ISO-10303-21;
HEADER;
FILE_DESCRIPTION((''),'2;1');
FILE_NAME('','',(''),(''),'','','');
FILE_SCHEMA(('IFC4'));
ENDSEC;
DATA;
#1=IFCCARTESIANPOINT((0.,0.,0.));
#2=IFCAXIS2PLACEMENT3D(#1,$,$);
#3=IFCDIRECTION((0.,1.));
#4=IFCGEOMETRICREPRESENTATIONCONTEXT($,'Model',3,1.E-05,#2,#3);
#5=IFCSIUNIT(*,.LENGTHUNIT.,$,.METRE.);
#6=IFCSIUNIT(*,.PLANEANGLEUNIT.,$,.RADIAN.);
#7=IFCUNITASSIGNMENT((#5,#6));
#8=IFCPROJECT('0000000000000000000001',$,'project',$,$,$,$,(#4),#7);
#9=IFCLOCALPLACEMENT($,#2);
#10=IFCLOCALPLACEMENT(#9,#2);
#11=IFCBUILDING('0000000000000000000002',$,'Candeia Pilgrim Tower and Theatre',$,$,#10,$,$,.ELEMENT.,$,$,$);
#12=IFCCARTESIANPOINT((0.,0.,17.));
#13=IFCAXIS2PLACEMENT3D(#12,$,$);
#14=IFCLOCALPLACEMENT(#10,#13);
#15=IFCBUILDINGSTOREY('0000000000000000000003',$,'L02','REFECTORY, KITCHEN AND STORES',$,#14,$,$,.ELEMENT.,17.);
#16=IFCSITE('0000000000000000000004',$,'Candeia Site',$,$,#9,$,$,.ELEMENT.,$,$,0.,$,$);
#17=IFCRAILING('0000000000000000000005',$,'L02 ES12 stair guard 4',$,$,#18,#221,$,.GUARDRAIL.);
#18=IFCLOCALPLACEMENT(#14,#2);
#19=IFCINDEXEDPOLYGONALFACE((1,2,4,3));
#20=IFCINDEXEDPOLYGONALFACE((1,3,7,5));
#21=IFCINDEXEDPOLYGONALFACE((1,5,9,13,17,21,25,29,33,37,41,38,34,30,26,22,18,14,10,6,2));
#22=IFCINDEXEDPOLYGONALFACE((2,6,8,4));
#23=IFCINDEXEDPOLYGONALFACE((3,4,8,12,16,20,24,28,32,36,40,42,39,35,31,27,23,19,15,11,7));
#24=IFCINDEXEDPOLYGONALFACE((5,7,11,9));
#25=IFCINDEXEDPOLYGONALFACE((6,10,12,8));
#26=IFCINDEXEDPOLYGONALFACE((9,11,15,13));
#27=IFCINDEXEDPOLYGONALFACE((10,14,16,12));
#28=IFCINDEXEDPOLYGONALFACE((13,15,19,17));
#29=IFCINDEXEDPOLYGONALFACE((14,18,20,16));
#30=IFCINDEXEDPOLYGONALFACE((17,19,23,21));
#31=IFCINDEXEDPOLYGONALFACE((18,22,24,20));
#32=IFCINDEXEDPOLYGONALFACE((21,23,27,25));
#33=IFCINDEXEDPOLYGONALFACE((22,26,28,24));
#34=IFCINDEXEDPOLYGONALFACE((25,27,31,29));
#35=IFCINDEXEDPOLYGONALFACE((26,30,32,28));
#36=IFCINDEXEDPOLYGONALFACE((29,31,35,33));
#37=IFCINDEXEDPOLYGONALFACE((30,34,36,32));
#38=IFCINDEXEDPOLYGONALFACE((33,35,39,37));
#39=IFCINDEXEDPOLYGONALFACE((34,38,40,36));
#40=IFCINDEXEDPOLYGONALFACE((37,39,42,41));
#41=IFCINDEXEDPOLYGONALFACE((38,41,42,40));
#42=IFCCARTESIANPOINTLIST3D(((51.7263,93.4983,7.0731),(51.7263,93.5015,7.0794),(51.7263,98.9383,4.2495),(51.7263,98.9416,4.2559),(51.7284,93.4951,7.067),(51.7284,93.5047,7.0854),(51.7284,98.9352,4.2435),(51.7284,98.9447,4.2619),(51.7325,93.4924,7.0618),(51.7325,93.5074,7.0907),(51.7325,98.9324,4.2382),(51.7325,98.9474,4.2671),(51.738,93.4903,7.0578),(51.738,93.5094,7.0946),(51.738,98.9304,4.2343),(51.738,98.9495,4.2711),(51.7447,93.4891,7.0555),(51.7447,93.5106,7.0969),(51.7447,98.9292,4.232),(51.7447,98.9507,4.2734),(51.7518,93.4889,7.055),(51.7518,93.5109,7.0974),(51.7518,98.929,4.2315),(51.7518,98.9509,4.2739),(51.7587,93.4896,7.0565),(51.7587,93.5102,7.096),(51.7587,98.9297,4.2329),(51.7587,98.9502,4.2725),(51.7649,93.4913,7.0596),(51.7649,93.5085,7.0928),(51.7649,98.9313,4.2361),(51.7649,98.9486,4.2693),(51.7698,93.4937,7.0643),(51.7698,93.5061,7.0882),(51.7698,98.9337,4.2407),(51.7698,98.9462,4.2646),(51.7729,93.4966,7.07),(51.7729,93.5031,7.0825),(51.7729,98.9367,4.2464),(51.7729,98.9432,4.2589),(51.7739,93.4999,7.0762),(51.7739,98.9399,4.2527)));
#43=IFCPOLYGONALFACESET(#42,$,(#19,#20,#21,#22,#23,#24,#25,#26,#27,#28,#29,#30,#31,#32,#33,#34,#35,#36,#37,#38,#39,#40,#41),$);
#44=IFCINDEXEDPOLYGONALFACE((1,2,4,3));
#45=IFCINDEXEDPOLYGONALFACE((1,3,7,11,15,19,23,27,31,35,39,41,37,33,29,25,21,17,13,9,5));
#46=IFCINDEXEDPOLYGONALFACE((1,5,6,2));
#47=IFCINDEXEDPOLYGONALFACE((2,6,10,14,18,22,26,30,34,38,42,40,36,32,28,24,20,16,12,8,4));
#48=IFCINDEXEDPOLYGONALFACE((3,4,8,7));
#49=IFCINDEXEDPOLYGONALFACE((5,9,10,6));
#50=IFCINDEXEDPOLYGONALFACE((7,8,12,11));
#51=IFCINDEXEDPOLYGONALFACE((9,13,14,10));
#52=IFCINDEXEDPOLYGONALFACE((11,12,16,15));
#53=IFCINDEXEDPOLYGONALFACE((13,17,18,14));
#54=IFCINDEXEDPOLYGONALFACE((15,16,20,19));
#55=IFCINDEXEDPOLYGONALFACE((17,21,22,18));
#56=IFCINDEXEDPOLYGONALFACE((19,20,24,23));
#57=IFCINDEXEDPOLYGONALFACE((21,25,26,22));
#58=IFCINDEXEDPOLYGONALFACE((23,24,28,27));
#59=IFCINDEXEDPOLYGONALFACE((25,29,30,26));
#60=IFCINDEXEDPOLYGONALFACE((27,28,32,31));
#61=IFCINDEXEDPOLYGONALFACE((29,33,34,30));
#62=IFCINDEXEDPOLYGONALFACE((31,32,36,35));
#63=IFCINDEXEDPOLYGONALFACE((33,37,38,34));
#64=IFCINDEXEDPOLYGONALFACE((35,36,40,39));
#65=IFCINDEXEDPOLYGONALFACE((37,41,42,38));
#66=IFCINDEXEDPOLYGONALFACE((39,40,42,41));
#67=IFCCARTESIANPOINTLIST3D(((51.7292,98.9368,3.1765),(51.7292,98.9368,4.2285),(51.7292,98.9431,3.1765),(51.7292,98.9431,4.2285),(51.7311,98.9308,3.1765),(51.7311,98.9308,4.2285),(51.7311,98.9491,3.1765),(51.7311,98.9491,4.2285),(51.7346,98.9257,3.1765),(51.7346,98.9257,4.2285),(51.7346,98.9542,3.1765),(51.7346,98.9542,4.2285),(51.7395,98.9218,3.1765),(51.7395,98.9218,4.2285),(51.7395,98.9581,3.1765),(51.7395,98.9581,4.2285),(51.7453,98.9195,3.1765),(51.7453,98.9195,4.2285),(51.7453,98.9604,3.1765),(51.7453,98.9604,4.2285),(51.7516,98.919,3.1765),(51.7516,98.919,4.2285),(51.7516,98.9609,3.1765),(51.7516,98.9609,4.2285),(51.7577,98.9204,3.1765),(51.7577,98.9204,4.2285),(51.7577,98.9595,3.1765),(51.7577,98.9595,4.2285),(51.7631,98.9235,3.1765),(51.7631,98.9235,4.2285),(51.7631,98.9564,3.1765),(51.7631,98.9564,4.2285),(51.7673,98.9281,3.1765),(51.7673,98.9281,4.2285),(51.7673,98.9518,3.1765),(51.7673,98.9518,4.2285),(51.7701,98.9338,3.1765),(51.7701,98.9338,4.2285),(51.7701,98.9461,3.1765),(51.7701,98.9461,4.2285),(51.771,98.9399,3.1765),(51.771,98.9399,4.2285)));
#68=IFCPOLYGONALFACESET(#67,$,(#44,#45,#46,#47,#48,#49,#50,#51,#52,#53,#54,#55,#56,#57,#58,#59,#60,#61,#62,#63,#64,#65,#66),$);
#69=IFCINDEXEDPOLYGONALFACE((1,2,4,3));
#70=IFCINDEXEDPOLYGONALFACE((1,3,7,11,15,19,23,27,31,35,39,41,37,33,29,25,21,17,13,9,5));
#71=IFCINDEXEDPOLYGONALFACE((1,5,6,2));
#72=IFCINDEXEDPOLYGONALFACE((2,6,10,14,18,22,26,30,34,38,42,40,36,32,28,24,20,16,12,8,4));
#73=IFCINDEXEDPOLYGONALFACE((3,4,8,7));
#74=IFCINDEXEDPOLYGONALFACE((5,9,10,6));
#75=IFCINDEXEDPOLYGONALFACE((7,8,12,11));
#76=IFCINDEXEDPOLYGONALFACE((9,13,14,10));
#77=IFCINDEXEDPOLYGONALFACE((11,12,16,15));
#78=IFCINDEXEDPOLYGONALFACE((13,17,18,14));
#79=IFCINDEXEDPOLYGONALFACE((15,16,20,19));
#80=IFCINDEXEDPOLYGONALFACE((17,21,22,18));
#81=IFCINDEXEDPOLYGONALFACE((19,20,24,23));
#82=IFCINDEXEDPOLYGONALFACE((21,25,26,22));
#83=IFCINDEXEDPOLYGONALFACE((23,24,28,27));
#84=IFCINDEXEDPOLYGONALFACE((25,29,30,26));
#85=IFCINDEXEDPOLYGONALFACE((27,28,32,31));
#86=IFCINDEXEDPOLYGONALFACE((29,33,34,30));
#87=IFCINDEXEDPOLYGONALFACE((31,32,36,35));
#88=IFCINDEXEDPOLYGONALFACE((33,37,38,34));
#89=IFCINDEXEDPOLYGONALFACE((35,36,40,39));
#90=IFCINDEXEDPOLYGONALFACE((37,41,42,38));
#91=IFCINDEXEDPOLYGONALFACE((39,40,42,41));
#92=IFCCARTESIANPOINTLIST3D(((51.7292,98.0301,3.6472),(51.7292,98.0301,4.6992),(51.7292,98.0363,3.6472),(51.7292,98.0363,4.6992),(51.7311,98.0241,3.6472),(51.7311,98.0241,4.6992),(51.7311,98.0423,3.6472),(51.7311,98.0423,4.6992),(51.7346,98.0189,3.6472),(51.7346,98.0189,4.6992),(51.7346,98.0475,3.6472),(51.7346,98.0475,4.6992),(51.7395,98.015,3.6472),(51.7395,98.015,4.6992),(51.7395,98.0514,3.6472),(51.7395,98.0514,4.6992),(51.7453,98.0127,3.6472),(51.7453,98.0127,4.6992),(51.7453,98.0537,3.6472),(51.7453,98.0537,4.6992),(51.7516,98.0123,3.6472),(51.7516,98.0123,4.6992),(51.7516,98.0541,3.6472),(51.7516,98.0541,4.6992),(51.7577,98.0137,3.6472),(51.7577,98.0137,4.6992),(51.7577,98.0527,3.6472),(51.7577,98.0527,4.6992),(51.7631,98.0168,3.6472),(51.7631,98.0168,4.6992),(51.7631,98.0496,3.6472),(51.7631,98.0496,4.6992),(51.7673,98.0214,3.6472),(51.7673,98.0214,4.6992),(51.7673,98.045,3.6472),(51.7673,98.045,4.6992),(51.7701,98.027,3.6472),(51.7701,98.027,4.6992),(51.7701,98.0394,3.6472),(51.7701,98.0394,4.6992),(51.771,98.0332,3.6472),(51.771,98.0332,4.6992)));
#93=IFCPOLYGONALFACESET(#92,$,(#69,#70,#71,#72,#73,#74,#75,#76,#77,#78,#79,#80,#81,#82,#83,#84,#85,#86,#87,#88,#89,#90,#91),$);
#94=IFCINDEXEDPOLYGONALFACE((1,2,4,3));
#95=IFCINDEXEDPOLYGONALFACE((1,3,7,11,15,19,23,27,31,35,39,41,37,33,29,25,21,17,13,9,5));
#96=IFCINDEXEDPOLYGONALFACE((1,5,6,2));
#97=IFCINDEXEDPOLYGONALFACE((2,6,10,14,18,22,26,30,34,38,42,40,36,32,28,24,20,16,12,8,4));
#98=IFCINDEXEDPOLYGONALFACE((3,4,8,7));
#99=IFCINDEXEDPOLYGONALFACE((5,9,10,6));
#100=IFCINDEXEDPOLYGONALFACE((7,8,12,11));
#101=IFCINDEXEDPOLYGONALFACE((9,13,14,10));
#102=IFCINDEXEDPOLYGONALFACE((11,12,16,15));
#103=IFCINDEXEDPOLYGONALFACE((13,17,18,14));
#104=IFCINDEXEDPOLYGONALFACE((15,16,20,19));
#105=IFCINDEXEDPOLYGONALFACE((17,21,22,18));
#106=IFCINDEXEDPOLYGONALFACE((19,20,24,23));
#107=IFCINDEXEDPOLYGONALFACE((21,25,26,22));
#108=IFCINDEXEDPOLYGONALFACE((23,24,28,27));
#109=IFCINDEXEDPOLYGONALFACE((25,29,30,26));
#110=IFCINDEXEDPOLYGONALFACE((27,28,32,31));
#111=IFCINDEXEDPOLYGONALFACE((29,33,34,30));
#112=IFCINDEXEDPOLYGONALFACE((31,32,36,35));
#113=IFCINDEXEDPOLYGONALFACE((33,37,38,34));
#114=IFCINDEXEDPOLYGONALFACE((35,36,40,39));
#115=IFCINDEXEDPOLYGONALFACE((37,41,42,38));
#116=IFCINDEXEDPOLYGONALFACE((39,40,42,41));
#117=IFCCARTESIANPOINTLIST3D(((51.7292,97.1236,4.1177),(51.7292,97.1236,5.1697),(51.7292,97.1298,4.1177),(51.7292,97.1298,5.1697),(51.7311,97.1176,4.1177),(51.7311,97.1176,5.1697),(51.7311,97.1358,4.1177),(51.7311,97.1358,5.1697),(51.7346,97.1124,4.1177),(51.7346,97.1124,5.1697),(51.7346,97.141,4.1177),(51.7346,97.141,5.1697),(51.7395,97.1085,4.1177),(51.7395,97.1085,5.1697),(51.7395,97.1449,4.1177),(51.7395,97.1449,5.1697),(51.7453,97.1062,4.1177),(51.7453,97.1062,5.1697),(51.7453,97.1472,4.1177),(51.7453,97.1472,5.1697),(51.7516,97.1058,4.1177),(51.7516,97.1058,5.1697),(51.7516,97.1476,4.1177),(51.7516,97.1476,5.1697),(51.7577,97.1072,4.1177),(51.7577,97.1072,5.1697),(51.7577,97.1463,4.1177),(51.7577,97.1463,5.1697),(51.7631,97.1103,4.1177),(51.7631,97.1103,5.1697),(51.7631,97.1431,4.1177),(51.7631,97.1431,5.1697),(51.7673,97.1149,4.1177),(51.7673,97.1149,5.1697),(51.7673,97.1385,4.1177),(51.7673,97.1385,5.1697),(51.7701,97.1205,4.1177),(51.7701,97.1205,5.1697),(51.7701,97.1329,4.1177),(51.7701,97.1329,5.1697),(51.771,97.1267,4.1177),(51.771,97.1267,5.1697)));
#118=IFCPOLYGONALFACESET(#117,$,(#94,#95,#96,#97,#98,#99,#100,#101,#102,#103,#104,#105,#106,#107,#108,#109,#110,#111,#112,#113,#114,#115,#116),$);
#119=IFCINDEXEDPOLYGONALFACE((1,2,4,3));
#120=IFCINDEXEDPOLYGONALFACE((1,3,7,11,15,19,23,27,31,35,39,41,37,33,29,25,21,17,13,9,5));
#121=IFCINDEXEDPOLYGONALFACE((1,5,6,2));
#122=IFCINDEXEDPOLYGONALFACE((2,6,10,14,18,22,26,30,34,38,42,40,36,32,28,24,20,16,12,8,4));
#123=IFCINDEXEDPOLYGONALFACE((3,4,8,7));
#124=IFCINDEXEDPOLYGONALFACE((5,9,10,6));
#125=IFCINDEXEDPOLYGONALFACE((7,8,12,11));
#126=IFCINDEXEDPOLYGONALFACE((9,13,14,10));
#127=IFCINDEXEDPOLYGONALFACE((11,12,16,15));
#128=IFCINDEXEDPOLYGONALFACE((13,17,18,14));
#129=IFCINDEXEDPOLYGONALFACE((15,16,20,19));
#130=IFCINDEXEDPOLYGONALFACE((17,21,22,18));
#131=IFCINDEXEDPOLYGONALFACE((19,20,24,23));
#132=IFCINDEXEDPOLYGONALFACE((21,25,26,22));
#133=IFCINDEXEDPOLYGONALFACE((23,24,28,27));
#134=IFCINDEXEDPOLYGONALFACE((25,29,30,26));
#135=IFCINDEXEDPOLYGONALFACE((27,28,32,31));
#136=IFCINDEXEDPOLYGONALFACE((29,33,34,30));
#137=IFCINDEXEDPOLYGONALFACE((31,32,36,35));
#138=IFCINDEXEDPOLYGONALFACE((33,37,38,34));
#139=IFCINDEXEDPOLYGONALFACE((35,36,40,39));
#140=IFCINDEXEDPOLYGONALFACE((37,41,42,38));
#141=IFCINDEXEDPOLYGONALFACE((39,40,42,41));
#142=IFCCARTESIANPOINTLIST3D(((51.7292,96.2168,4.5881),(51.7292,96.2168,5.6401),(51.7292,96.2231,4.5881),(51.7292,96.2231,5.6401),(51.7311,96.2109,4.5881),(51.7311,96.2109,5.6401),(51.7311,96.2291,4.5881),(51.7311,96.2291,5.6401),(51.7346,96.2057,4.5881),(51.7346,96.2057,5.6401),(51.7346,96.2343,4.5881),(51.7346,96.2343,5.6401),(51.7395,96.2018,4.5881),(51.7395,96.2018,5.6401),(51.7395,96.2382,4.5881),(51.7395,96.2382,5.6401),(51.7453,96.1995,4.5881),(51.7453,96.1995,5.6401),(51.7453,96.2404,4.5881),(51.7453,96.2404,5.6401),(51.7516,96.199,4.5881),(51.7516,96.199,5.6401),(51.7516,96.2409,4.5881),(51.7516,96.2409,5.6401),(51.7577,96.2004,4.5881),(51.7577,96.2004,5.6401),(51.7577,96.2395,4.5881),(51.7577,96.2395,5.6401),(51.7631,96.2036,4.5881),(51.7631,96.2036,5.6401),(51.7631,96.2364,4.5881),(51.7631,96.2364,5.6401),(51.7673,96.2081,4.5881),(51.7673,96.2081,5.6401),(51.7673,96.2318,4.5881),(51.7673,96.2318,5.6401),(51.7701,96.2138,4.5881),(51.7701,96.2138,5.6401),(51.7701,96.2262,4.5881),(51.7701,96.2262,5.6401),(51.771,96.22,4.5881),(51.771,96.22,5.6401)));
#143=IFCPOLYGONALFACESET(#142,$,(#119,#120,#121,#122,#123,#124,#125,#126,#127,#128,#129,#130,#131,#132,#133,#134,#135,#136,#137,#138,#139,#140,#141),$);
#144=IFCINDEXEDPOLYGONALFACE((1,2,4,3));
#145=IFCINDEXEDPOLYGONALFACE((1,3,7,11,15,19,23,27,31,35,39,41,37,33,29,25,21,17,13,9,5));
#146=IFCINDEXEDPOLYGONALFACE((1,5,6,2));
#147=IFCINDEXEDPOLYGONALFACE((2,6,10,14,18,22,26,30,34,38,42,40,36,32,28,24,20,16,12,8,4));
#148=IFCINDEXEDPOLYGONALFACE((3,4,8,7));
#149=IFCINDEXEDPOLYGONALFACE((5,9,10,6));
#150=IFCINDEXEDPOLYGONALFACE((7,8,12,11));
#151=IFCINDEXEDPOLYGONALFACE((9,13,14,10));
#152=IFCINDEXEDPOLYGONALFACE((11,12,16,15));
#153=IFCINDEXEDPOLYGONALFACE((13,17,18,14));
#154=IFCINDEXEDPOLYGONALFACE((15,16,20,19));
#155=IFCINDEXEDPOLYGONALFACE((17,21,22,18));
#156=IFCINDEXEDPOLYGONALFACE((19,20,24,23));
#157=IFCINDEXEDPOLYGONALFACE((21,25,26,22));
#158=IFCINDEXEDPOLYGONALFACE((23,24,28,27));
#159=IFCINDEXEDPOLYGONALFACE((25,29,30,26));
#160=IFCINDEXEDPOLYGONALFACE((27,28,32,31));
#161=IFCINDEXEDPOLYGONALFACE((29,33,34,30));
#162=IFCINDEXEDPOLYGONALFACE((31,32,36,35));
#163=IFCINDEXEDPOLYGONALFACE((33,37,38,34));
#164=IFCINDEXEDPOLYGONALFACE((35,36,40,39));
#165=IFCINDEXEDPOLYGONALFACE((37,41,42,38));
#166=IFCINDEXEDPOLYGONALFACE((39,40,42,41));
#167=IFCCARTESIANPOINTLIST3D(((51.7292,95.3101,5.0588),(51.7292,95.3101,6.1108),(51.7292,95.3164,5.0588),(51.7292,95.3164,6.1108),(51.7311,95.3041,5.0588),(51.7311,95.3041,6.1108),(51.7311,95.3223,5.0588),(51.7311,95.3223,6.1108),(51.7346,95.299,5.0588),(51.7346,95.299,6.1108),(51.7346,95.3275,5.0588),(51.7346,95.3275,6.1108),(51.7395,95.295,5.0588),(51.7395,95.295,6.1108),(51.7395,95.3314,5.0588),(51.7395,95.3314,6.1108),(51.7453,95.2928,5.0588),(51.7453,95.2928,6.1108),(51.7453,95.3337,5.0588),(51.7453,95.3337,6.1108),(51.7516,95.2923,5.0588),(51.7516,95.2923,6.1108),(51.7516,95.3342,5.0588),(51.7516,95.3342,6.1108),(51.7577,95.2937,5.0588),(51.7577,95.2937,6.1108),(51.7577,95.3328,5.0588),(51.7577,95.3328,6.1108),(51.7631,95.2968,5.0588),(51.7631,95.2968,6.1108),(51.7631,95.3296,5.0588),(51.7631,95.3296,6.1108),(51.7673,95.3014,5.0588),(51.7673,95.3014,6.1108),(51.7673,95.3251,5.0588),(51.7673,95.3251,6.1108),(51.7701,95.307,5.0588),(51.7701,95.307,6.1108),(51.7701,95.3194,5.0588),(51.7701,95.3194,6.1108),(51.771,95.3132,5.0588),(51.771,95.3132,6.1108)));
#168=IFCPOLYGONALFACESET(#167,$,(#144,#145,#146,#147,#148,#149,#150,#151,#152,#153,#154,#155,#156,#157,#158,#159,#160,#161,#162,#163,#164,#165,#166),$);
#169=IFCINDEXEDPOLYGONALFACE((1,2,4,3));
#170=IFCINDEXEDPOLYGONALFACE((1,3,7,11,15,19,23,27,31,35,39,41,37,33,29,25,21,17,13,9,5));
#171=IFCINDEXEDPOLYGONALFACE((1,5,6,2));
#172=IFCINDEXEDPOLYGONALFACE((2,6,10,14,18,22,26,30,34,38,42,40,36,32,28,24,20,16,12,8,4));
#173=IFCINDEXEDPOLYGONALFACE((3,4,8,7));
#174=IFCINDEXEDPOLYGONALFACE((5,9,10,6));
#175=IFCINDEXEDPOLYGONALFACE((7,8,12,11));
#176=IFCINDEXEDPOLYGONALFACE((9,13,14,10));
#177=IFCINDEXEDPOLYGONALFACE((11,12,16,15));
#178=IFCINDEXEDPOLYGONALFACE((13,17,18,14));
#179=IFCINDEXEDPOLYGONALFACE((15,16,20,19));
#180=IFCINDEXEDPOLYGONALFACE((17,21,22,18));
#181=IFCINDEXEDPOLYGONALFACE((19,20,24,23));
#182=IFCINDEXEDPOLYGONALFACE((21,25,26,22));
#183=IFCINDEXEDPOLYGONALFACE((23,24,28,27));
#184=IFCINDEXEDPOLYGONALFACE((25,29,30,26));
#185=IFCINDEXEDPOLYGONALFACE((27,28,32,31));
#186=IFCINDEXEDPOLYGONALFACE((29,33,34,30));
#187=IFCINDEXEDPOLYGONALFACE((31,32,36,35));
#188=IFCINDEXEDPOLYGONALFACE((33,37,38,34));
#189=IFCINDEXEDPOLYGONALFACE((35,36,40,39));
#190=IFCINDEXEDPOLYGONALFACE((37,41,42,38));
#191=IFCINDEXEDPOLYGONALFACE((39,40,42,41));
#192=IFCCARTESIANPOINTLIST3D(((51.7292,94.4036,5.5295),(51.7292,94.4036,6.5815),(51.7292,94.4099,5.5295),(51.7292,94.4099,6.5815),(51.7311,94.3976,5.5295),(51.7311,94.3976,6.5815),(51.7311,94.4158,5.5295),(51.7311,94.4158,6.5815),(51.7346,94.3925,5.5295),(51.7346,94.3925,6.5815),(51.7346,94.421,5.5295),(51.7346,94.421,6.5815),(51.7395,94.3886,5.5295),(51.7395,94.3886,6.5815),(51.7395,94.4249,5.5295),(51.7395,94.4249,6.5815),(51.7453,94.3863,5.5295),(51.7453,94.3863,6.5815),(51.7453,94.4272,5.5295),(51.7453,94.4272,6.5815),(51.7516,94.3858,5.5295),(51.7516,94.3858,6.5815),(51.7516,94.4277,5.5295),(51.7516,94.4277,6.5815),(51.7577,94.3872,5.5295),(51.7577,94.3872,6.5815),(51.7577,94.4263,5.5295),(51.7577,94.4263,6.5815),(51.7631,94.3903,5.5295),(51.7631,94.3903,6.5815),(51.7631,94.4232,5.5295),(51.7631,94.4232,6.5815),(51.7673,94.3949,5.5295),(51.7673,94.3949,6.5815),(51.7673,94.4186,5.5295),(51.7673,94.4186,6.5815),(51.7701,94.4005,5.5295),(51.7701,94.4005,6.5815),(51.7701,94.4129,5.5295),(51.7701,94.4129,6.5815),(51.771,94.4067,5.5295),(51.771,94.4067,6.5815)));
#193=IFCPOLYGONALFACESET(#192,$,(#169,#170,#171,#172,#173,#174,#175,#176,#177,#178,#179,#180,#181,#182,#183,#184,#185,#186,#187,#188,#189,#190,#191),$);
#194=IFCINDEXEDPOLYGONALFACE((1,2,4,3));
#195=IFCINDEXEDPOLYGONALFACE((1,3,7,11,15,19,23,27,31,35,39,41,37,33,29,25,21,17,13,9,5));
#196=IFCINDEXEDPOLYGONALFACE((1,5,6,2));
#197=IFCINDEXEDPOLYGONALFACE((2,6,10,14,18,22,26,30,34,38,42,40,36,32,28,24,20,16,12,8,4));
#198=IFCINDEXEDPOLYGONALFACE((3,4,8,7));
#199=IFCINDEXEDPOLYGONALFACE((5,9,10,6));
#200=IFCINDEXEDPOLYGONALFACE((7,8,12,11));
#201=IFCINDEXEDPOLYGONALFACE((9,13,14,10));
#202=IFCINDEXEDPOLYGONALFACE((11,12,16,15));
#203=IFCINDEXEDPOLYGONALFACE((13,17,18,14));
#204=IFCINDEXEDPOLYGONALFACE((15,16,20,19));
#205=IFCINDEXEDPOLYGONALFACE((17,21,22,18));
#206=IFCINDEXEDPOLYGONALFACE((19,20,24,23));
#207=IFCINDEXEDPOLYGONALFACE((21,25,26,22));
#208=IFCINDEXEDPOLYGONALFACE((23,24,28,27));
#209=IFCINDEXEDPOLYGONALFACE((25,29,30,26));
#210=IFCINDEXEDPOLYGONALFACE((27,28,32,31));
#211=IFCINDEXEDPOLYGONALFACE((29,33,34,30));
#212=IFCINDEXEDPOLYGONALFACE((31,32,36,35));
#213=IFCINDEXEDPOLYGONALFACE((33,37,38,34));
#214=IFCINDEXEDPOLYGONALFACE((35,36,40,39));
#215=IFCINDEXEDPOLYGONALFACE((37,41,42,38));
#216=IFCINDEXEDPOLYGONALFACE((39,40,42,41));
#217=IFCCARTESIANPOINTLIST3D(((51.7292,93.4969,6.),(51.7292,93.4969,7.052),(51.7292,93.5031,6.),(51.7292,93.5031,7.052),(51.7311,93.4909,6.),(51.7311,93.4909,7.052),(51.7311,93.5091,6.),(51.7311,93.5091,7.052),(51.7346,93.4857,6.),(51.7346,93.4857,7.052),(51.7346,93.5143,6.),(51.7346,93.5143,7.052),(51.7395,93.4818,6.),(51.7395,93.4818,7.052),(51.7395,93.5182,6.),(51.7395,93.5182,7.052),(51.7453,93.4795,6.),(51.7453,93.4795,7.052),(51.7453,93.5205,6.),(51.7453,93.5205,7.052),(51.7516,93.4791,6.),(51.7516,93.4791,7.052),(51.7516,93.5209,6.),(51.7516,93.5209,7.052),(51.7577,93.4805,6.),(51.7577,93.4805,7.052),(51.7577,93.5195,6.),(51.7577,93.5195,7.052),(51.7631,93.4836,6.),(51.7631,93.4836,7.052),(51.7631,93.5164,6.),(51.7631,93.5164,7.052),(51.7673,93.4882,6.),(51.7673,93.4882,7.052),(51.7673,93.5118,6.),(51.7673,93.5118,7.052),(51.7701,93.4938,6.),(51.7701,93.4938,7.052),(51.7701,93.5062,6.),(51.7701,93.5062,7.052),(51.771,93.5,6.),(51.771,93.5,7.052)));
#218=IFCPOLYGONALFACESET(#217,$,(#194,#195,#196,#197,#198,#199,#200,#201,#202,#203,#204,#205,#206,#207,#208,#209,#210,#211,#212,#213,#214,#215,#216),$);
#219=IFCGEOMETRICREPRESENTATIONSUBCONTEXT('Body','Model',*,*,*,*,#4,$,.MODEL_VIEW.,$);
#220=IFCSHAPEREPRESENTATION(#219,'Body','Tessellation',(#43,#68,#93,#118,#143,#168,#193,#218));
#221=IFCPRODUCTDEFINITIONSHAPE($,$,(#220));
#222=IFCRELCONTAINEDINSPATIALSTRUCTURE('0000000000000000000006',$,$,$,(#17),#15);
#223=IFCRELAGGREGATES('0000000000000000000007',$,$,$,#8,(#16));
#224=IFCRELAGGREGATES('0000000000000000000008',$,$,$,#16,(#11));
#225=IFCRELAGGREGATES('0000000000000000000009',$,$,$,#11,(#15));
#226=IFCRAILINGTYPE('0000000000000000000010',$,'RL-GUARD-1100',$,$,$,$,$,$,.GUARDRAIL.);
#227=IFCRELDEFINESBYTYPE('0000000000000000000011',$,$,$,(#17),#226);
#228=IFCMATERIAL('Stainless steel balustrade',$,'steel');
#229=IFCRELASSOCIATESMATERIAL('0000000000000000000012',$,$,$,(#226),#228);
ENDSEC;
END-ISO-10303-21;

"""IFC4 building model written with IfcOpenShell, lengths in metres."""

from ifc_helpers import new_model, si_unit, direction, frame, origin, origin_2d, place, context, subcontext, project, spatial, circle, extrude, material, type_object, element, save


model = new_model("IFC4")

# Units and contexts
model_context = context("Model", 3, precision=1e-05, world=origin(), true_north=direction((0.0, 1.0)))
body_context = subcontext(model_context, "Body", "Model", "MODEL_VIEW")
ifc_project = project(units=[si_unit("LENGTHUNIT", "METRE"), si_unit("PLANEANGLEUNIT", "RADIAN")], contexts=[model_context])

# Site, building, storey
site_placement = place(None, origin())
site = spatial("IfcSite", under=ifc_project, at=site_placement, Name="Candeia Site", CompositionType="ELEMENT", RefElevation=0.0)
building_placement = place(site_placement, origin())
building = spatial("IfcBuilding", under=site, at=building_placement, Name="Candeia Pilgrim Tower and Theatre", CompositionType="ELEMENT")
storey_placement = place(building_placement, frame((0.0, 0.0, 17.0)))
storey = spatial("IfcBuildingStorey", under=building, at=storey_placement, Name="L02", Description="REFECTORY, KITCHEN AND STORES", CompositionType="ELEMENT", Elevation=17.0)

# Railing
ifc_material_1 = material(Name="Stainless steel balustrade", Category="steel")
railing_type_1 = type_object("IfcRailingType", Name="RL-GUARD-1100", PredefinedType="GUARDRAIL", material=ifc_material_1)
railing_1_placement = place(storey_placement, frame((51.75, 98.9399, 3.1765)))
element("IfcRailing", 1, at=railing_1_placement, inside=storey, type_object=railing_type_1, Name="L02 ES12 stair guard 4", PredefinedType="GUARDRAIL", context=body_context, shape_type="SweptSolid", body=[
    extrude(circle(Radius=0.0239, at=origin_2d()), frame((0.0, 0.0, 1.0762), z_axis=(0.0, -0.887569, 0.460674), x_axis=(1.0, 0.0, 0.0)), (0.0, 0.0, 1.0), 6.1292),
    extrude(circle(Radius=0.021, at=origin_2d()), origin(), (0.0, 0.0, 1.0), 1.052),
    extrude(circle(Radius=0.021, at=origin_2d()), frame((0.0, -0.9067, 0.4707)), (0.0, 0.0, 1.0), 1.052),
    extrude(circle(Radius=0.021, at=origin_2d()), frame((0.0, -1.8132, 0.9412)), (0.0, 0.0, 1.0), 1.052),
    extrude(circle(Radius=0.021, at=origin_2d()), frame((0.0, -2.72, 1.4116)), (0.0, 0.0, 1.0), 1.052),
    extrude(circle(Radius=0.021, at=origin_2d()), frame((0.0, -3.6267, 1.8823)), (0.0, 0.0, 1.0), 1.052),
    extrude(circle(Radius=0.021, at=origin_2d()), frame((0.0, -4.5332, 2.353)), (0.0, 0.0, 1.0), 1.052),
    extrude(circle(Radius=0.021, at=origin_2d()), frame((0.0, -5.4399, 2.8235)), (0.0, 0.0, 1.0), 1.052),
])

save(model, "model.ifc")
